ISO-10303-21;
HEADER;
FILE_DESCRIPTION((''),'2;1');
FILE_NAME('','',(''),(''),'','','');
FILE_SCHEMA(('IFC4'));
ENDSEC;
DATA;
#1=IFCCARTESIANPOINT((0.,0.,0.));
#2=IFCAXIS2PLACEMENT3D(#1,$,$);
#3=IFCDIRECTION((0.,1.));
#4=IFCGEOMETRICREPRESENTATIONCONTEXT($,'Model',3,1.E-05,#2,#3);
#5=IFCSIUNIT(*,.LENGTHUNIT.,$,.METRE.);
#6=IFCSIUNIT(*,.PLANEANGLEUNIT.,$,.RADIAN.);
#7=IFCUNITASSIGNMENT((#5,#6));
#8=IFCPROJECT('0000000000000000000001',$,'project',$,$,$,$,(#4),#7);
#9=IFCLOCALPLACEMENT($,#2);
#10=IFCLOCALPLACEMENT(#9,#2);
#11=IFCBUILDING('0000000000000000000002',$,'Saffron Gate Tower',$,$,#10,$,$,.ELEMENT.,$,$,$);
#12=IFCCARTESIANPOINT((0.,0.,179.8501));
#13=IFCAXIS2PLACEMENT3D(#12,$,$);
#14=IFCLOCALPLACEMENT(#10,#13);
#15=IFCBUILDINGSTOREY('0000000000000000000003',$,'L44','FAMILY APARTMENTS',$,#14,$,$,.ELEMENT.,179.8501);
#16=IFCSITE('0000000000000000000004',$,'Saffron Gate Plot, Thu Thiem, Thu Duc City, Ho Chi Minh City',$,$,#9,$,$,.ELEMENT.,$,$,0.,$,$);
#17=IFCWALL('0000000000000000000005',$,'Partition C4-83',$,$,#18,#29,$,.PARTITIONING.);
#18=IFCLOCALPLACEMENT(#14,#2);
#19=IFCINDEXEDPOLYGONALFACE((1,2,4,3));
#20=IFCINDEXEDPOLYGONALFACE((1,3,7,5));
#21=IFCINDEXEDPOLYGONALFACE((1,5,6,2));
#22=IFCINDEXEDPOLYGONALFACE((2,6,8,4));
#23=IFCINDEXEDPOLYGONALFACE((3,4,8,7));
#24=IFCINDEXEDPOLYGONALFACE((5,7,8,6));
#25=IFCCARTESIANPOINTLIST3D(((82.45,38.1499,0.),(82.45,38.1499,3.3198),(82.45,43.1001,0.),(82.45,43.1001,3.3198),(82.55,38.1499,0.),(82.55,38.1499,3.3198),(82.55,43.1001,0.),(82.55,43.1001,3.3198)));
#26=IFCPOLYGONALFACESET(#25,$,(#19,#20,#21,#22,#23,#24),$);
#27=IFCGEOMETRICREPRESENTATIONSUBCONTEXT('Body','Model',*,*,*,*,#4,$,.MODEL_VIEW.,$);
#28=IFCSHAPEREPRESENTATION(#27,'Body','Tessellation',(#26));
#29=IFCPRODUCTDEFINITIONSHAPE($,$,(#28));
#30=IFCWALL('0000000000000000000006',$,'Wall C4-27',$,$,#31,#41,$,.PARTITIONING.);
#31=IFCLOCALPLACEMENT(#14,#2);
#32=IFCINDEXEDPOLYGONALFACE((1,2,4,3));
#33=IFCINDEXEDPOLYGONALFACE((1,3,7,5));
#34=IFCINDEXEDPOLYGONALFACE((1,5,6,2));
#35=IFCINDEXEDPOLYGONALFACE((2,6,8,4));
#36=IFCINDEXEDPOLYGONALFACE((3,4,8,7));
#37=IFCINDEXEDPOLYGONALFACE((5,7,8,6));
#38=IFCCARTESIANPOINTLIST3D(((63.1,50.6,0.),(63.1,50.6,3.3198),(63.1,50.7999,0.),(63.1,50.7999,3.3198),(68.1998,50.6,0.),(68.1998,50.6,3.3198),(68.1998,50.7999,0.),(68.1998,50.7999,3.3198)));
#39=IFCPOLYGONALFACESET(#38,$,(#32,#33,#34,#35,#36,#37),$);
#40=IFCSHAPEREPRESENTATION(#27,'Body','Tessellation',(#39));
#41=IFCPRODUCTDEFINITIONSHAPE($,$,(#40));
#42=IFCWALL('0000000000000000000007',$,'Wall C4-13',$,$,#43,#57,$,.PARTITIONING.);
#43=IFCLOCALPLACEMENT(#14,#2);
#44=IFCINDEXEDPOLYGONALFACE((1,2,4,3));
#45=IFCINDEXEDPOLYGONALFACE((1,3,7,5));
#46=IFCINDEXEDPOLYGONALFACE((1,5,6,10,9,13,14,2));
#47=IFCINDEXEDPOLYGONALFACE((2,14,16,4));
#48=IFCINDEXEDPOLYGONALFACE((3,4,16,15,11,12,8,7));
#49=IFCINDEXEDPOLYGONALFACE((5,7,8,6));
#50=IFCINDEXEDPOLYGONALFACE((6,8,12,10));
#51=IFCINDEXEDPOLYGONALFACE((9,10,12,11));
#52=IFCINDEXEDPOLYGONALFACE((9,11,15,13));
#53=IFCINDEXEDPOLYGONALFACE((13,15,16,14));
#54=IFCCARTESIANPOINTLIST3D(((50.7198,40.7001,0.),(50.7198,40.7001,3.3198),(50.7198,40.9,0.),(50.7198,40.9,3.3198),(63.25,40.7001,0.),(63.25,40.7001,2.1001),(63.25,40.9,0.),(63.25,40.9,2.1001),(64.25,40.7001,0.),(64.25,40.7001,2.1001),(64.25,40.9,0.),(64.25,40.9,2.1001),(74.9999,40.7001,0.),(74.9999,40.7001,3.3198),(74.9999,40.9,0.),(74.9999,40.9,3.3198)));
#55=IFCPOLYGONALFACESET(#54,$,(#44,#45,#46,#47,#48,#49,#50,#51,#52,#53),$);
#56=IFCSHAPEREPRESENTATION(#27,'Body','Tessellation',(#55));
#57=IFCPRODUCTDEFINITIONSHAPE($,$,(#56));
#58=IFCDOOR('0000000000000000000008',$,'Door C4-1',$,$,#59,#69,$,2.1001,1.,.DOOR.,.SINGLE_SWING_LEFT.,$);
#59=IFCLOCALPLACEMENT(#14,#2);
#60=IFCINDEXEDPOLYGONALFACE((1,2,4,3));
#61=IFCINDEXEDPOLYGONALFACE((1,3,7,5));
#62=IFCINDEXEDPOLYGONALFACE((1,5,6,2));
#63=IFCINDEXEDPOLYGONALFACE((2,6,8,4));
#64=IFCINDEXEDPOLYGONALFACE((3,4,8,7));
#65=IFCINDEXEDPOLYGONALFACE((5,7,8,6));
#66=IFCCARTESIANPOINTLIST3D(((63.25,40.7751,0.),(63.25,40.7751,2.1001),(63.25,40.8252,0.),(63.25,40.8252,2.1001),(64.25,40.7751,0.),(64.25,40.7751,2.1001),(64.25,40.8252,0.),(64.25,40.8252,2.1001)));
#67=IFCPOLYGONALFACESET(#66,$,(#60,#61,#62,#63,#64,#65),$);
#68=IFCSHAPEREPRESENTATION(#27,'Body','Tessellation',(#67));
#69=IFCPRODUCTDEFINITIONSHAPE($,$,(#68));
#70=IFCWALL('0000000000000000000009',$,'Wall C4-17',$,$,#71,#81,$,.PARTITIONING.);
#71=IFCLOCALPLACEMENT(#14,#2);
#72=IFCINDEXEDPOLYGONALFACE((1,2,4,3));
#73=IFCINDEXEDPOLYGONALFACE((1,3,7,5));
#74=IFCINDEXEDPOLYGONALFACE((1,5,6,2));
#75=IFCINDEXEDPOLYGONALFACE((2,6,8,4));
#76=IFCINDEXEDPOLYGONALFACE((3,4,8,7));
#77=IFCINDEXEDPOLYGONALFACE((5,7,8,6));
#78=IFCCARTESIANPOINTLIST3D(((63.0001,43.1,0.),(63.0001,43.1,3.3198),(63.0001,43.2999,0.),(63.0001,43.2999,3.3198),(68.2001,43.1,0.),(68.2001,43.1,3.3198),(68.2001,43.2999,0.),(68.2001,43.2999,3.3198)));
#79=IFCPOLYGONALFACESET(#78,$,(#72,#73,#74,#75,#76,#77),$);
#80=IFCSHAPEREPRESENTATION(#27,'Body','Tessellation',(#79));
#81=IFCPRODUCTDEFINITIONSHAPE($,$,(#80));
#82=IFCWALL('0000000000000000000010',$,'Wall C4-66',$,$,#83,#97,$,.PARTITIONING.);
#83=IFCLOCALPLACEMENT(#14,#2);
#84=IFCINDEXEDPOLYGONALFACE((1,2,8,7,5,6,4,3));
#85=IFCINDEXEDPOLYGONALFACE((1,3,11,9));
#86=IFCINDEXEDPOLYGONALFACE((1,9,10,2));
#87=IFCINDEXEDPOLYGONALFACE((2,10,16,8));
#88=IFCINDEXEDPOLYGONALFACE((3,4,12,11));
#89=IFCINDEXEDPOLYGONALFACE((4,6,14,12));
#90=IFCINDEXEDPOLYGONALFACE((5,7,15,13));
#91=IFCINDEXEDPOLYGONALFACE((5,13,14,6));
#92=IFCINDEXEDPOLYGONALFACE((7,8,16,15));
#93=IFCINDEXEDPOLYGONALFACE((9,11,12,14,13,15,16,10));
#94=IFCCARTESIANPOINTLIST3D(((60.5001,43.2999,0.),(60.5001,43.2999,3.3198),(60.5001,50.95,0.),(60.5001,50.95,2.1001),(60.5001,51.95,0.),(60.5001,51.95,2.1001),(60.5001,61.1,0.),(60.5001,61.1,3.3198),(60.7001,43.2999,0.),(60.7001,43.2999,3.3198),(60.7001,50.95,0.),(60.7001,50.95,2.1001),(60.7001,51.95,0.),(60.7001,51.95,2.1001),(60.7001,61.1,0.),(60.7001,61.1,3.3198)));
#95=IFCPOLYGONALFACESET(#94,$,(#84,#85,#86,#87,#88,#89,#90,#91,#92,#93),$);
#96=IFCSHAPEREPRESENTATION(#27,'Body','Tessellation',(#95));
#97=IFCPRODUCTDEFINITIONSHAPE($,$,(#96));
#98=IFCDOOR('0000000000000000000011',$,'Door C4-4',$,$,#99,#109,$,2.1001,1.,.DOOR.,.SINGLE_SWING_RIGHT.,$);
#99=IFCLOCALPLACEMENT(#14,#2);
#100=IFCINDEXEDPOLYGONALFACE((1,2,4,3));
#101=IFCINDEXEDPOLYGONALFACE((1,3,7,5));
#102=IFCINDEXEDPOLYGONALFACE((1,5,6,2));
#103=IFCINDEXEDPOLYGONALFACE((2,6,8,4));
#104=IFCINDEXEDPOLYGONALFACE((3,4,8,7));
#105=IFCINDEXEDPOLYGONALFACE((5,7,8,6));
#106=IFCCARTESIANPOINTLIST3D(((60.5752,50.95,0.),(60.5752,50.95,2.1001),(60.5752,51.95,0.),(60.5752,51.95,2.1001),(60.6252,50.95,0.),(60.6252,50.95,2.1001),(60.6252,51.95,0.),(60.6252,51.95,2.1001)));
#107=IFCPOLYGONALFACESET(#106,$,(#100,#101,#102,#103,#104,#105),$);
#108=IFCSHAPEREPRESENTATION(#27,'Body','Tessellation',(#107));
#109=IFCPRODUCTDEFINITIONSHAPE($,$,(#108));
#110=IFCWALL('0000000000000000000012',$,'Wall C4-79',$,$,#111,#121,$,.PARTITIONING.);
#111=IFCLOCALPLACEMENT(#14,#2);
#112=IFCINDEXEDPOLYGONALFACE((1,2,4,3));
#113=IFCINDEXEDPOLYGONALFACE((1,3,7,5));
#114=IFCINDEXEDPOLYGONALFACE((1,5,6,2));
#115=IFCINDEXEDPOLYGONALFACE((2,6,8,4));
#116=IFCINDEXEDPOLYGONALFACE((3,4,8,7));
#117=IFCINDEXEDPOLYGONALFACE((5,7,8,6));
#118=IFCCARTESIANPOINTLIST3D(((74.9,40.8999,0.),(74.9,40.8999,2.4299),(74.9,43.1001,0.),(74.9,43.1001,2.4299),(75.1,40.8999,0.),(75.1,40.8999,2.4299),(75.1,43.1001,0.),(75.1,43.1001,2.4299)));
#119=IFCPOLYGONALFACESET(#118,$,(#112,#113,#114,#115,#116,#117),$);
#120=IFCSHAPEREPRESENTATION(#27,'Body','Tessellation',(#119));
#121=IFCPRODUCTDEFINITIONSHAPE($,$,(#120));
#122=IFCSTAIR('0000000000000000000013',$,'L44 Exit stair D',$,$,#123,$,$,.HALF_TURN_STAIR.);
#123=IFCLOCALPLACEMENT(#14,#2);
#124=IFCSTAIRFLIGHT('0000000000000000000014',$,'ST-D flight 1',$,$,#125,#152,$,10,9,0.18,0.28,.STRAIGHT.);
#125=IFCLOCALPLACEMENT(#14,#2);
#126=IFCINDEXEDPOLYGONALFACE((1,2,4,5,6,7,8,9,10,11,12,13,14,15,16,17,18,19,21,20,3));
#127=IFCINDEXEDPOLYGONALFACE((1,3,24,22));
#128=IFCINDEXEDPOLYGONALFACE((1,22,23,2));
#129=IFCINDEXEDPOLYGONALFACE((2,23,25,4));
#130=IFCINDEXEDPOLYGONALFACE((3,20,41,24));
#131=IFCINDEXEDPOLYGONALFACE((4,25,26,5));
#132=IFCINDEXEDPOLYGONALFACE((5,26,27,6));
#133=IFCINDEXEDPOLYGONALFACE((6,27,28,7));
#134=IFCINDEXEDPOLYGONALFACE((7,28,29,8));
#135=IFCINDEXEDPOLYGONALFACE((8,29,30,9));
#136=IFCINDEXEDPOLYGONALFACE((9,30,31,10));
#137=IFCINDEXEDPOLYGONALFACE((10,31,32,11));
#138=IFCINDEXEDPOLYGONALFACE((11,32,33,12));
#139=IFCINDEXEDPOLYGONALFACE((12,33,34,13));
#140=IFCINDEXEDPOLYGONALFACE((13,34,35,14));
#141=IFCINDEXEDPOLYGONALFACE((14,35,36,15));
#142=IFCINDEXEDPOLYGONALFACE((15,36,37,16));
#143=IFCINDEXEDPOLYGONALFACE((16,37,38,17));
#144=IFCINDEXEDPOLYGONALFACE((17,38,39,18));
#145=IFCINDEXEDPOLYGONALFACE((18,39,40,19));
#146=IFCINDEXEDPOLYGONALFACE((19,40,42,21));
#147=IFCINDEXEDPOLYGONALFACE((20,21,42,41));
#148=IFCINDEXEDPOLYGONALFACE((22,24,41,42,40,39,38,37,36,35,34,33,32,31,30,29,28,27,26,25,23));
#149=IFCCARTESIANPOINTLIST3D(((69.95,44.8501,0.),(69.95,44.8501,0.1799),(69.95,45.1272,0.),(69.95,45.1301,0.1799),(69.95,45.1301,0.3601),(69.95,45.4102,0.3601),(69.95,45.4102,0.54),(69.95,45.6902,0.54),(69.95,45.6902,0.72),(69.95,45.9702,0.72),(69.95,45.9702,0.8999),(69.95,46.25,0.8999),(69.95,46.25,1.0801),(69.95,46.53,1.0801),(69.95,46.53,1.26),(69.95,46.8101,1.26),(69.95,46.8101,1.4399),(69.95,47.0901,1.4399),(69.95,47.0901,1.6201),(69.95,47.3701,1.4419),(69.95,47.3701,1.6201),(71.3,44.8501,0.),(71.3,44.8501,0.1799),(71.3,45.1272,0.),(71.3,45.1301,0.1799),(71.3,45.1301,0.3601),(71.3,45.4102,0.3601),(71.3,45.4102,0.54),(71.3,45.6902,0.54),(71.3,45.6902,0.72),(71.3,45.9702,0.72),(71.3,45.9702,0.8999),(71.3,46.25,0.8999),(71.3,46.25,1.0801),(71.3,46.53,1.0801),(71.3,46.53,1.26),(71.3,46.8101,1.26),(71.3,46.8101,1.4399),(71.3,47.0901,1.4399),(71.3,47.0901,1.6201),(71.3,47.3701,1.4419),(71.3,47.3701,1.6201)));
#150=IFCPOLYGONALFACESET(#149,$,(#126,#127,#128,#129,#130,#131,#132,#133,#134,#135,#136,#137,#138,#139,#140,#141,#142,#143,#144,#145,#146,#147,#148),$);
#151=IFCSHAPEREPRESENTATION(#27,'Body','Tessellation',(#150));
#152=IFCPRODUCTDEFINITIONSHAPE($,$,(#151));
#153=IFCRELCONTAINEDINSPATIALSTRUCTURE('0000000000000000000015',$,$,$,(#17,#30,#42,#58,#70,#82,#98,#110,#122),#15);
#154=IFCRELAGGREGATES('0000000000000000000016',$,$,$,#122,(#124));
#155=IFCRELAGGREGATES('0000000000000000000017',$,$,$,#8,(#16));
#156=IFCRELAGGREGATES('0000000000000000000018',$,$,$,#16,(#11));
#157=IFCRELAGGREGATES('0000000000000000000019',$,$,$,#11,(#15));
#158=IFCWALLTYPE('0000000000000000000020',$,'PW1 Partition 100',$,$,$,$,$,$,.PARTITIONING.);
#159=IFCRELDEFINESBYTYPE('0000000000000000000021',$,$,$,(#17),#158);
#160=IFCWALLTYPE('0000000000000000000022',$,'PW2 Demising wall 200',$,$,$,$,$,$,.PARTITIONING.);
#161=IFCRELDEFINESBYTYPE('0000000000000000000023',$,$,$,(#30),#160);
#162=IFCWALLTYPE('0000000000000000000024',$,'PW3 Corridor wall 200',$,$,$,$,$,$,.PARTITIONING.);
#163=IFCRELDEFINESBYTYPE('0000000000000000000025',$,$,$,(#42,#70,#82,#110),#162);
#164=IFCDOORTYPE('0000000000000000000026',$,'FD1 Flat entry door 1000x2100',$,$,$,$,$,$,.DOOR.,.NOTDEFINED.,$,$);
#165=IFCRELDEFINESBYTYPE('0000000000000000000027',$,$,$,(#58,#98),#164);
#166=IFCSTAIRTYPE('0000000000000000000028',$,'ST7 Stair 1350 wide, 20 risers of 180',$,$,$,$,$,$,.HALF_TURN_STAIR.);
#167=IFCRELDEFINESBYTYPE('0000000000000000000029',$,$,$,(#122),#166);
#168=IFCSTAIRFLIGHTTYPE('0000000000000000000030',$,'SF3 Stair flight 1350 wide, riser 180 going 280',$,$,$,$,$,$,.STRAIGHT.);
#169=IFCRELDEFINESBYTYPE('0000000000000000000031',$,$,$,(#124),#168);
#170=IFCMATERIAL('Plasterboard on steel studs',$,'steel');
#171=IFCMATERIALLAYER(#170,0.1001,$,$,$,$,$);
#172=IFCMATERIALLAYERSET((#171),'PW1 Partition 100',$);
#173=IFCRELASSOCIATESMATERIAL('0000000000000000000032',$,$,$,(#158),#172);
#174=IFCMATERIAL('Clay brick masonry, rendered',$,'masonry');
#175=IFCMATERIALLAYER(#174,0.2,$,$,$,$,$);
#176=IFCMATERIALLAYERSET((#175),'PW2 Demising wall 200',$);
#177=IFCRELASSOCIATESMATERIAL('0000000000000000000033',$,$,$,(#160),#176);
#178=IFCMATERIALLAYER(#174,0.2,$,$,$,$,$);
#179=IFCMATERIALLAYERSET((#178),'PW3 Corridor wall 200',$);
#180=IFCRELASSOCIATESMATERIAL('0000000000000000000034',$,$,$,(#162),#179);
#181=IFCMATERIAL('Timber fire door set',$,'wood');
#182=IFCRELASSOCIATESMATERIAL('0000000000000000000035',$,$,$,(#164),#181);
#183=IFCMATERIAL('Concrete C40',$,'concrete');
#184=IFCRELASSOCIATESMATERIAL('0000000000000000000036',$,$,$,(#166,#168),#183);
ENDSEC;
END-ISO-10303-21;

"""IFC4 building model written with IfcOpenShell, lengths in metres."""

from ifc_helpers import new_model, si_unit, direction, frame, frame_2d, origin, place, context, subcontext, project, spatial, polyline, rectangle, outline, extrude, material, layer, layer_set, type_object, element, fill, aggregate, save


model = new_model("IFC4")

# Units and contexts
model_context = context("Model", 3, precision=1e-05, world=origin(), true_north=direction((0.0, 1.0)))
body_context = subcontext(model_context, "Body", "Model", "MODEL_VIEW")
ifc_project = project(units=[si_unit("LENGTHUNIT", "METRE"), si_unit("PLANEANGLEUNIT", "RADIAN")], contexts=[model_context])

# Site, building, storey
site_placement = place(None, origin())
site = spatial("IfcSite", under=ifc_project, at=site_placement, Name="Saffron Gate Plot, Thu Thiem, Thu Duc City, Ho Chi Minh City", CompositionType="ELEMENT", RefElevation=0.0)
building_placement = place(site_placement, origin())
building = spatial("IfcBuilding", under=site, at=building_placement, Name="Saffron Gate Tower", CompositionType="ELEMENT")
storey_placement = place(building_placement, frame((0.0, 0.0, 179.8501)))
storey = spatial("IfcBuildingStorey", under=building, at=storey_placement, Name="L44", Description="FAMILY APARTMENTS", CompositionType="ELEMENT", Elevation=179.8501)

# Shared definitions
ifc_material_1 = material(Name="Plasterboard on steel studs", Category="steel")
ifc_layer_1 = layer(ifc_material_1, 0.1001)
ifc_layer_set_1 = layer_set([ifc_layer_1], Name="PW1 Partition 100")
wall_type_1 = type_object("IfcWallType", Name="PW1 Partition 100", PredefinedType="PARTITIONING", material=ifc_layer_set_1)

# Walls
wall_1_placement = place(storey_placement, frame((82.5, 43.1001, 0.0), z_axis=(0.0, 0.0, 1.0), x_axis=(0.0, -1.0, 0.0)))
element("IfcWall", 1, at=wall_1_placement, inside=storey, type_object=wall_type_1, Name="Partition C4-83", PredefinedType="PARTITIONING", context=body_context, shape_type="SweptSolid", body=[
    extrude(rectangle(XDim=4.9502, YDim=0.1001, at=frame_2d((2.4751, 0.0))), origin(), (0.0, 0.0, 1.0), 3.3198),
])
ifc_material_2 = material(Name="Clay brick masonry, rendered", Category="masonry")
ifc_layer_2 = layer(ifc_material_2, 0.2)
ifc_layer_set_2 = layer_set([ifc_layer_2], Name="PW2 Demising wall 200")
wall_type_2 = type_object("IfcWallType", Name="PW2 Demising wall 200", PredefinedType="PARTITIONING", material=ifc_layer_set_2)
wall_2_placement = place(storey_placement, frame((63.1001, 50.7, 0.0), z_axis=(0.0, 0.0, 1.0), x_axis=(1.0, 0.0, 0.0)))
element("IfcWall", 2, at=wall_2_placement, inside=storey, type_object=wall_type_2, Name="Wall C4-27", PredefinedType="PARTITIONING", context=body_context, shape_type="SweptSolid", body=[
    extrude(rectangle(XDim=5.0999, YDim=0.2, at=frame_2d((2.5498, 0.0))), origin(), (0.0, 0.0, 1.0), 3.3198),
])

# Wall, opening, door
ifc_layer_3 = layer(ifc_material_2, 0.2)
ifc_layer_set_3 = layer_set([ifc_layer_3], Name="PW3 Corridor wall 200")
wall_type_3 = type_object("IfcWallType", Name="PW3 Corridor wall 200", PredefinedType="PARTITIONING", material=ifc_layer_set_3)
wall_3_placement = place(storey_placement, frame((75.0, 40.8, 0.0), z_axis=(0.0, 0.0, 1.0), x_axis=(-1.0, 0.0, 0.0)))
wall_3 = element("IfcWall", 3, at=wall_3_placement, inside=storey, type_object=wall_type_3, Name="Wall C4-13", PredefinedType="PARTITIONING", context=body_context, shape_type="SweptSolid", body=[
    extrude(rectangle(XDim=24.28, YDim=0.2, at=frame_2d((12.1401, 0.0))), origin(), (0.0, 0.0, 1.0), 3.3198),
])
opening_1_placement = place(wall_3_placement, frame((10.75, 0.0, 0.0)))
opening_1 = element("IfcOpeningElement", 4, at=opening_1_placement, cuts=wall_3, PredefinedType="OPENING", context=body_context, shape_type="SweptSolid", body=[
    extrude(rectangle(XDim=1.0, YDim=2.1001, at=frame_2d((0.5, 1.05))), frame((0.0, 0.1099, 0.0), z_axis=(0.0, -1.0, 0.0), x_axis=(1.0, 0.0, 0.0)), (0.0, 0.0, 1.0), 0.22),
])
ifc_material_3 = material(Name="Timber fire door set", Category="wood")
door_type_1 = type_object("IfcDoorType", Name="FD1 Flat entry door 1000x2100", OperationType="NOTDEFINED", PredefinedType="DOOR", material=ifc_material_3)
door_1_placement = place(opening_1_placement, origin())
door_1 = element("IfcDoor", 5, at=door_1_placement, inside=storey, type_object=door_type_1, Name="Door C4-1", OperationType="SINGLE_SWING_LEFT", OverallHeight=2.1001, OverallWidth=1.0, PredefinedType="DOOR", context=body_context, shape_type="SweptSolid", body=[
    extrude(rectangle(XDim=1.0, YDim=2.1001, at=frame_2d((0.5, 1.05))), frame((0.0, 0.0249, 0.0), z_axis=(0.0, -1.0, 0.0), x_axis=(1.0, 0.0, 0.0)), (0.0, 0.0, 1.0), 0.05),
])
fill(opening_1, door_1)

# Wall
wall_4_placement = place(storey_placement, frame((63.0, 43.2, 0.0), z_axis=(0.0, 0.0, 1.0), x_axis=(1.0, 0.0, 0.0)))
element("IfcWall", 6, at=wall_4_placement, inside=storey, type_object=wall_type_3, Name="Wall C4-17", PredefinedType="PARTITIONING", context=body_context, shape_type="SweptSolid", body=[
    extrude(rectangle(XDim=5.2, YDim=0.2, at=frame_2d((2.6001, 0.0))), origin(), (0.0, 0.0, 1.0), 3.3198),
])

# Wall, opening, door
wall_5_placement = place(storey_placement, frame((60.6001, 43.3, 0.0), z_axis=(0.0, 0.0, 1.0), x_axis=(0.0, 1.0, 0.0)))
wall_5 = element("IfcWall", 7, at=wall_5_placement, inside=storey, type_object=wall_type_3, Name="Wall C4-66", PredefinedType="PARTITIONING", context=body_context, shape_type="SweptSolid", body=[
    extrude(rectangle(XDim=17.8, YDim=0.2, at=frame_2d((8.8999, 0.0))), origin(), (0.0, 0.0, 1.0), 3.3198),
])
opening_2_placement = place(wall_5_placement, frame((7.6499, 0.0, 0.0)))
opening_2 = element("IfcOpeningElement", 8, at=opening_2_placement, cuts=wall_5, PredefinedType="OPENING", context=body_context, shape_type="SweptSolid", body=[
    extrude(rectangle(XDim=1.0, YDim=2.1001, at=frame_2d((0.5, 1.05))), frame((0.0, 0.1099, 0.0), z_axis=(0.0, -1.0, 0.0), x_axis=(1.0, 0.0, 0.0)), (0.0, 0.0, 1.0), 0.22),
])
door_2_placement = place(opening_2_placement, origin())
door_2 = element("IfcDoor", 9, at=door_2_placement, inside=storey, type_object=door_type_1, Name="Door C4-4", OperationType="SINGLE_SWING_RIGHT", OverallHeight=2.1001, OverallWidth=1.0, PredefinedType="DOOR", context=body_context, shape_type="SweptSolid", body=[
    extrude(rectangle(XDim=1.0, YDim=2.1001, at=frame_2d((0.5, 1.05))), frame((0.0, 0.0249, 0.0), z_axis=(0.0, -1.0, 0.0), x_axis=(1.0, 0.0, 0.0)), (0.0, 0.0, 1.0), 0.05),
])
fill(opening_2, door_2)

# Wall
wall_6_placement = place(storey_placement, frame((75.0, 43.1001, 0.0), z_axis=(0.0, 0.0, 1.0), x_axis=(0.0, -1.0, 0.0)))
element("IfcWall", 10, at=wall_6_placement, inside=storey, type_object=wall_type_3, Name="Wall C4-79", PredefinedType="PARTITIONING", context=body_context, shape_type="SweptSolid", body=[
    extrude(rectangle(XDim=2.2002, YDim=0.2, at=frame_2d((1.1001, 0.0))), origin(), (0.0, 0.0, 1.0), 2.4299),
])

# Stair, stair flight
ifc_material_4 = material(Name="Concrete C40", Category="concrete")
stair_type = type_object("IfcStairType", Name="ST7 Stair 1350 wide, 20 risers of 180", PredefinedType="HALF_TURN_STAIR", material=ifc_material_4)
stair_placement = place(storey_placement, origin())
stair = element("IfcStair", 11, at=stair_placement, inside=storey, type_object=stair_type, Name="L44 Exit stair D", PredefinedType="HALF_TURN_STAIR")
stair_flight_type = type_object("IfcStairFlightType", Name="SF3 Stair flight 1350 wide, riser 180 going 280", PredefinedType="STRAIGHT", material=ifc_material_4)
stair_flight_1_placement = place(storey_placement, frame((70.625, 44.8501, 0.0), z_axis=(0.0, 0.0, 1.0), x_axis=(0.0, 1.0, 0.0)))
stair_flight_1 = element("IfcStairFlight", 12, at=stair_flight_1_placement, type_object=stair_flight_type, Name="ST-D flight 1", NumberOfRisers=10, NumberOfTreads=9, PredefinedType="STRAIGHT", RiserHeight=0.18, TreadLength=0.28, context=body_context, shape_type="SweptSolid", body=[
    extrude(outline(polyline([(0.0, 0.0), (0.0, 0.1799), (0.28, 0.1799), (0.28, 0.3601), (0.5601, 0.3601), (0.5601, 0.54), (0.8401, 0.54), (0.8401, 0.72), (1.1201, 0.72), (1.1201, 0.8999), (1.3999, 0.8999), (1.3999, 1.0801), (1.6799, 1.0801), (1.6799, 1.26), (1.96, 1.26), (1.96, 1.4399), (2.24, 1.4399), (2.24, 1.6201), (2.52, 1.6201), (2.52, 1.8), (2.52, 1.4419), (0.2771, 0.0), (0.0, 0.0)])), frame((0.0, 0.675, 0.0), z_axis=(0.0, -1.0, 0.0), x_axis=(1.0, 0.0, 0.0)), (0.0, 0.0, 1.0), 1.3501),
])
aggregate(stair, [stair_flight_1])

save(model, "model.ifc")
